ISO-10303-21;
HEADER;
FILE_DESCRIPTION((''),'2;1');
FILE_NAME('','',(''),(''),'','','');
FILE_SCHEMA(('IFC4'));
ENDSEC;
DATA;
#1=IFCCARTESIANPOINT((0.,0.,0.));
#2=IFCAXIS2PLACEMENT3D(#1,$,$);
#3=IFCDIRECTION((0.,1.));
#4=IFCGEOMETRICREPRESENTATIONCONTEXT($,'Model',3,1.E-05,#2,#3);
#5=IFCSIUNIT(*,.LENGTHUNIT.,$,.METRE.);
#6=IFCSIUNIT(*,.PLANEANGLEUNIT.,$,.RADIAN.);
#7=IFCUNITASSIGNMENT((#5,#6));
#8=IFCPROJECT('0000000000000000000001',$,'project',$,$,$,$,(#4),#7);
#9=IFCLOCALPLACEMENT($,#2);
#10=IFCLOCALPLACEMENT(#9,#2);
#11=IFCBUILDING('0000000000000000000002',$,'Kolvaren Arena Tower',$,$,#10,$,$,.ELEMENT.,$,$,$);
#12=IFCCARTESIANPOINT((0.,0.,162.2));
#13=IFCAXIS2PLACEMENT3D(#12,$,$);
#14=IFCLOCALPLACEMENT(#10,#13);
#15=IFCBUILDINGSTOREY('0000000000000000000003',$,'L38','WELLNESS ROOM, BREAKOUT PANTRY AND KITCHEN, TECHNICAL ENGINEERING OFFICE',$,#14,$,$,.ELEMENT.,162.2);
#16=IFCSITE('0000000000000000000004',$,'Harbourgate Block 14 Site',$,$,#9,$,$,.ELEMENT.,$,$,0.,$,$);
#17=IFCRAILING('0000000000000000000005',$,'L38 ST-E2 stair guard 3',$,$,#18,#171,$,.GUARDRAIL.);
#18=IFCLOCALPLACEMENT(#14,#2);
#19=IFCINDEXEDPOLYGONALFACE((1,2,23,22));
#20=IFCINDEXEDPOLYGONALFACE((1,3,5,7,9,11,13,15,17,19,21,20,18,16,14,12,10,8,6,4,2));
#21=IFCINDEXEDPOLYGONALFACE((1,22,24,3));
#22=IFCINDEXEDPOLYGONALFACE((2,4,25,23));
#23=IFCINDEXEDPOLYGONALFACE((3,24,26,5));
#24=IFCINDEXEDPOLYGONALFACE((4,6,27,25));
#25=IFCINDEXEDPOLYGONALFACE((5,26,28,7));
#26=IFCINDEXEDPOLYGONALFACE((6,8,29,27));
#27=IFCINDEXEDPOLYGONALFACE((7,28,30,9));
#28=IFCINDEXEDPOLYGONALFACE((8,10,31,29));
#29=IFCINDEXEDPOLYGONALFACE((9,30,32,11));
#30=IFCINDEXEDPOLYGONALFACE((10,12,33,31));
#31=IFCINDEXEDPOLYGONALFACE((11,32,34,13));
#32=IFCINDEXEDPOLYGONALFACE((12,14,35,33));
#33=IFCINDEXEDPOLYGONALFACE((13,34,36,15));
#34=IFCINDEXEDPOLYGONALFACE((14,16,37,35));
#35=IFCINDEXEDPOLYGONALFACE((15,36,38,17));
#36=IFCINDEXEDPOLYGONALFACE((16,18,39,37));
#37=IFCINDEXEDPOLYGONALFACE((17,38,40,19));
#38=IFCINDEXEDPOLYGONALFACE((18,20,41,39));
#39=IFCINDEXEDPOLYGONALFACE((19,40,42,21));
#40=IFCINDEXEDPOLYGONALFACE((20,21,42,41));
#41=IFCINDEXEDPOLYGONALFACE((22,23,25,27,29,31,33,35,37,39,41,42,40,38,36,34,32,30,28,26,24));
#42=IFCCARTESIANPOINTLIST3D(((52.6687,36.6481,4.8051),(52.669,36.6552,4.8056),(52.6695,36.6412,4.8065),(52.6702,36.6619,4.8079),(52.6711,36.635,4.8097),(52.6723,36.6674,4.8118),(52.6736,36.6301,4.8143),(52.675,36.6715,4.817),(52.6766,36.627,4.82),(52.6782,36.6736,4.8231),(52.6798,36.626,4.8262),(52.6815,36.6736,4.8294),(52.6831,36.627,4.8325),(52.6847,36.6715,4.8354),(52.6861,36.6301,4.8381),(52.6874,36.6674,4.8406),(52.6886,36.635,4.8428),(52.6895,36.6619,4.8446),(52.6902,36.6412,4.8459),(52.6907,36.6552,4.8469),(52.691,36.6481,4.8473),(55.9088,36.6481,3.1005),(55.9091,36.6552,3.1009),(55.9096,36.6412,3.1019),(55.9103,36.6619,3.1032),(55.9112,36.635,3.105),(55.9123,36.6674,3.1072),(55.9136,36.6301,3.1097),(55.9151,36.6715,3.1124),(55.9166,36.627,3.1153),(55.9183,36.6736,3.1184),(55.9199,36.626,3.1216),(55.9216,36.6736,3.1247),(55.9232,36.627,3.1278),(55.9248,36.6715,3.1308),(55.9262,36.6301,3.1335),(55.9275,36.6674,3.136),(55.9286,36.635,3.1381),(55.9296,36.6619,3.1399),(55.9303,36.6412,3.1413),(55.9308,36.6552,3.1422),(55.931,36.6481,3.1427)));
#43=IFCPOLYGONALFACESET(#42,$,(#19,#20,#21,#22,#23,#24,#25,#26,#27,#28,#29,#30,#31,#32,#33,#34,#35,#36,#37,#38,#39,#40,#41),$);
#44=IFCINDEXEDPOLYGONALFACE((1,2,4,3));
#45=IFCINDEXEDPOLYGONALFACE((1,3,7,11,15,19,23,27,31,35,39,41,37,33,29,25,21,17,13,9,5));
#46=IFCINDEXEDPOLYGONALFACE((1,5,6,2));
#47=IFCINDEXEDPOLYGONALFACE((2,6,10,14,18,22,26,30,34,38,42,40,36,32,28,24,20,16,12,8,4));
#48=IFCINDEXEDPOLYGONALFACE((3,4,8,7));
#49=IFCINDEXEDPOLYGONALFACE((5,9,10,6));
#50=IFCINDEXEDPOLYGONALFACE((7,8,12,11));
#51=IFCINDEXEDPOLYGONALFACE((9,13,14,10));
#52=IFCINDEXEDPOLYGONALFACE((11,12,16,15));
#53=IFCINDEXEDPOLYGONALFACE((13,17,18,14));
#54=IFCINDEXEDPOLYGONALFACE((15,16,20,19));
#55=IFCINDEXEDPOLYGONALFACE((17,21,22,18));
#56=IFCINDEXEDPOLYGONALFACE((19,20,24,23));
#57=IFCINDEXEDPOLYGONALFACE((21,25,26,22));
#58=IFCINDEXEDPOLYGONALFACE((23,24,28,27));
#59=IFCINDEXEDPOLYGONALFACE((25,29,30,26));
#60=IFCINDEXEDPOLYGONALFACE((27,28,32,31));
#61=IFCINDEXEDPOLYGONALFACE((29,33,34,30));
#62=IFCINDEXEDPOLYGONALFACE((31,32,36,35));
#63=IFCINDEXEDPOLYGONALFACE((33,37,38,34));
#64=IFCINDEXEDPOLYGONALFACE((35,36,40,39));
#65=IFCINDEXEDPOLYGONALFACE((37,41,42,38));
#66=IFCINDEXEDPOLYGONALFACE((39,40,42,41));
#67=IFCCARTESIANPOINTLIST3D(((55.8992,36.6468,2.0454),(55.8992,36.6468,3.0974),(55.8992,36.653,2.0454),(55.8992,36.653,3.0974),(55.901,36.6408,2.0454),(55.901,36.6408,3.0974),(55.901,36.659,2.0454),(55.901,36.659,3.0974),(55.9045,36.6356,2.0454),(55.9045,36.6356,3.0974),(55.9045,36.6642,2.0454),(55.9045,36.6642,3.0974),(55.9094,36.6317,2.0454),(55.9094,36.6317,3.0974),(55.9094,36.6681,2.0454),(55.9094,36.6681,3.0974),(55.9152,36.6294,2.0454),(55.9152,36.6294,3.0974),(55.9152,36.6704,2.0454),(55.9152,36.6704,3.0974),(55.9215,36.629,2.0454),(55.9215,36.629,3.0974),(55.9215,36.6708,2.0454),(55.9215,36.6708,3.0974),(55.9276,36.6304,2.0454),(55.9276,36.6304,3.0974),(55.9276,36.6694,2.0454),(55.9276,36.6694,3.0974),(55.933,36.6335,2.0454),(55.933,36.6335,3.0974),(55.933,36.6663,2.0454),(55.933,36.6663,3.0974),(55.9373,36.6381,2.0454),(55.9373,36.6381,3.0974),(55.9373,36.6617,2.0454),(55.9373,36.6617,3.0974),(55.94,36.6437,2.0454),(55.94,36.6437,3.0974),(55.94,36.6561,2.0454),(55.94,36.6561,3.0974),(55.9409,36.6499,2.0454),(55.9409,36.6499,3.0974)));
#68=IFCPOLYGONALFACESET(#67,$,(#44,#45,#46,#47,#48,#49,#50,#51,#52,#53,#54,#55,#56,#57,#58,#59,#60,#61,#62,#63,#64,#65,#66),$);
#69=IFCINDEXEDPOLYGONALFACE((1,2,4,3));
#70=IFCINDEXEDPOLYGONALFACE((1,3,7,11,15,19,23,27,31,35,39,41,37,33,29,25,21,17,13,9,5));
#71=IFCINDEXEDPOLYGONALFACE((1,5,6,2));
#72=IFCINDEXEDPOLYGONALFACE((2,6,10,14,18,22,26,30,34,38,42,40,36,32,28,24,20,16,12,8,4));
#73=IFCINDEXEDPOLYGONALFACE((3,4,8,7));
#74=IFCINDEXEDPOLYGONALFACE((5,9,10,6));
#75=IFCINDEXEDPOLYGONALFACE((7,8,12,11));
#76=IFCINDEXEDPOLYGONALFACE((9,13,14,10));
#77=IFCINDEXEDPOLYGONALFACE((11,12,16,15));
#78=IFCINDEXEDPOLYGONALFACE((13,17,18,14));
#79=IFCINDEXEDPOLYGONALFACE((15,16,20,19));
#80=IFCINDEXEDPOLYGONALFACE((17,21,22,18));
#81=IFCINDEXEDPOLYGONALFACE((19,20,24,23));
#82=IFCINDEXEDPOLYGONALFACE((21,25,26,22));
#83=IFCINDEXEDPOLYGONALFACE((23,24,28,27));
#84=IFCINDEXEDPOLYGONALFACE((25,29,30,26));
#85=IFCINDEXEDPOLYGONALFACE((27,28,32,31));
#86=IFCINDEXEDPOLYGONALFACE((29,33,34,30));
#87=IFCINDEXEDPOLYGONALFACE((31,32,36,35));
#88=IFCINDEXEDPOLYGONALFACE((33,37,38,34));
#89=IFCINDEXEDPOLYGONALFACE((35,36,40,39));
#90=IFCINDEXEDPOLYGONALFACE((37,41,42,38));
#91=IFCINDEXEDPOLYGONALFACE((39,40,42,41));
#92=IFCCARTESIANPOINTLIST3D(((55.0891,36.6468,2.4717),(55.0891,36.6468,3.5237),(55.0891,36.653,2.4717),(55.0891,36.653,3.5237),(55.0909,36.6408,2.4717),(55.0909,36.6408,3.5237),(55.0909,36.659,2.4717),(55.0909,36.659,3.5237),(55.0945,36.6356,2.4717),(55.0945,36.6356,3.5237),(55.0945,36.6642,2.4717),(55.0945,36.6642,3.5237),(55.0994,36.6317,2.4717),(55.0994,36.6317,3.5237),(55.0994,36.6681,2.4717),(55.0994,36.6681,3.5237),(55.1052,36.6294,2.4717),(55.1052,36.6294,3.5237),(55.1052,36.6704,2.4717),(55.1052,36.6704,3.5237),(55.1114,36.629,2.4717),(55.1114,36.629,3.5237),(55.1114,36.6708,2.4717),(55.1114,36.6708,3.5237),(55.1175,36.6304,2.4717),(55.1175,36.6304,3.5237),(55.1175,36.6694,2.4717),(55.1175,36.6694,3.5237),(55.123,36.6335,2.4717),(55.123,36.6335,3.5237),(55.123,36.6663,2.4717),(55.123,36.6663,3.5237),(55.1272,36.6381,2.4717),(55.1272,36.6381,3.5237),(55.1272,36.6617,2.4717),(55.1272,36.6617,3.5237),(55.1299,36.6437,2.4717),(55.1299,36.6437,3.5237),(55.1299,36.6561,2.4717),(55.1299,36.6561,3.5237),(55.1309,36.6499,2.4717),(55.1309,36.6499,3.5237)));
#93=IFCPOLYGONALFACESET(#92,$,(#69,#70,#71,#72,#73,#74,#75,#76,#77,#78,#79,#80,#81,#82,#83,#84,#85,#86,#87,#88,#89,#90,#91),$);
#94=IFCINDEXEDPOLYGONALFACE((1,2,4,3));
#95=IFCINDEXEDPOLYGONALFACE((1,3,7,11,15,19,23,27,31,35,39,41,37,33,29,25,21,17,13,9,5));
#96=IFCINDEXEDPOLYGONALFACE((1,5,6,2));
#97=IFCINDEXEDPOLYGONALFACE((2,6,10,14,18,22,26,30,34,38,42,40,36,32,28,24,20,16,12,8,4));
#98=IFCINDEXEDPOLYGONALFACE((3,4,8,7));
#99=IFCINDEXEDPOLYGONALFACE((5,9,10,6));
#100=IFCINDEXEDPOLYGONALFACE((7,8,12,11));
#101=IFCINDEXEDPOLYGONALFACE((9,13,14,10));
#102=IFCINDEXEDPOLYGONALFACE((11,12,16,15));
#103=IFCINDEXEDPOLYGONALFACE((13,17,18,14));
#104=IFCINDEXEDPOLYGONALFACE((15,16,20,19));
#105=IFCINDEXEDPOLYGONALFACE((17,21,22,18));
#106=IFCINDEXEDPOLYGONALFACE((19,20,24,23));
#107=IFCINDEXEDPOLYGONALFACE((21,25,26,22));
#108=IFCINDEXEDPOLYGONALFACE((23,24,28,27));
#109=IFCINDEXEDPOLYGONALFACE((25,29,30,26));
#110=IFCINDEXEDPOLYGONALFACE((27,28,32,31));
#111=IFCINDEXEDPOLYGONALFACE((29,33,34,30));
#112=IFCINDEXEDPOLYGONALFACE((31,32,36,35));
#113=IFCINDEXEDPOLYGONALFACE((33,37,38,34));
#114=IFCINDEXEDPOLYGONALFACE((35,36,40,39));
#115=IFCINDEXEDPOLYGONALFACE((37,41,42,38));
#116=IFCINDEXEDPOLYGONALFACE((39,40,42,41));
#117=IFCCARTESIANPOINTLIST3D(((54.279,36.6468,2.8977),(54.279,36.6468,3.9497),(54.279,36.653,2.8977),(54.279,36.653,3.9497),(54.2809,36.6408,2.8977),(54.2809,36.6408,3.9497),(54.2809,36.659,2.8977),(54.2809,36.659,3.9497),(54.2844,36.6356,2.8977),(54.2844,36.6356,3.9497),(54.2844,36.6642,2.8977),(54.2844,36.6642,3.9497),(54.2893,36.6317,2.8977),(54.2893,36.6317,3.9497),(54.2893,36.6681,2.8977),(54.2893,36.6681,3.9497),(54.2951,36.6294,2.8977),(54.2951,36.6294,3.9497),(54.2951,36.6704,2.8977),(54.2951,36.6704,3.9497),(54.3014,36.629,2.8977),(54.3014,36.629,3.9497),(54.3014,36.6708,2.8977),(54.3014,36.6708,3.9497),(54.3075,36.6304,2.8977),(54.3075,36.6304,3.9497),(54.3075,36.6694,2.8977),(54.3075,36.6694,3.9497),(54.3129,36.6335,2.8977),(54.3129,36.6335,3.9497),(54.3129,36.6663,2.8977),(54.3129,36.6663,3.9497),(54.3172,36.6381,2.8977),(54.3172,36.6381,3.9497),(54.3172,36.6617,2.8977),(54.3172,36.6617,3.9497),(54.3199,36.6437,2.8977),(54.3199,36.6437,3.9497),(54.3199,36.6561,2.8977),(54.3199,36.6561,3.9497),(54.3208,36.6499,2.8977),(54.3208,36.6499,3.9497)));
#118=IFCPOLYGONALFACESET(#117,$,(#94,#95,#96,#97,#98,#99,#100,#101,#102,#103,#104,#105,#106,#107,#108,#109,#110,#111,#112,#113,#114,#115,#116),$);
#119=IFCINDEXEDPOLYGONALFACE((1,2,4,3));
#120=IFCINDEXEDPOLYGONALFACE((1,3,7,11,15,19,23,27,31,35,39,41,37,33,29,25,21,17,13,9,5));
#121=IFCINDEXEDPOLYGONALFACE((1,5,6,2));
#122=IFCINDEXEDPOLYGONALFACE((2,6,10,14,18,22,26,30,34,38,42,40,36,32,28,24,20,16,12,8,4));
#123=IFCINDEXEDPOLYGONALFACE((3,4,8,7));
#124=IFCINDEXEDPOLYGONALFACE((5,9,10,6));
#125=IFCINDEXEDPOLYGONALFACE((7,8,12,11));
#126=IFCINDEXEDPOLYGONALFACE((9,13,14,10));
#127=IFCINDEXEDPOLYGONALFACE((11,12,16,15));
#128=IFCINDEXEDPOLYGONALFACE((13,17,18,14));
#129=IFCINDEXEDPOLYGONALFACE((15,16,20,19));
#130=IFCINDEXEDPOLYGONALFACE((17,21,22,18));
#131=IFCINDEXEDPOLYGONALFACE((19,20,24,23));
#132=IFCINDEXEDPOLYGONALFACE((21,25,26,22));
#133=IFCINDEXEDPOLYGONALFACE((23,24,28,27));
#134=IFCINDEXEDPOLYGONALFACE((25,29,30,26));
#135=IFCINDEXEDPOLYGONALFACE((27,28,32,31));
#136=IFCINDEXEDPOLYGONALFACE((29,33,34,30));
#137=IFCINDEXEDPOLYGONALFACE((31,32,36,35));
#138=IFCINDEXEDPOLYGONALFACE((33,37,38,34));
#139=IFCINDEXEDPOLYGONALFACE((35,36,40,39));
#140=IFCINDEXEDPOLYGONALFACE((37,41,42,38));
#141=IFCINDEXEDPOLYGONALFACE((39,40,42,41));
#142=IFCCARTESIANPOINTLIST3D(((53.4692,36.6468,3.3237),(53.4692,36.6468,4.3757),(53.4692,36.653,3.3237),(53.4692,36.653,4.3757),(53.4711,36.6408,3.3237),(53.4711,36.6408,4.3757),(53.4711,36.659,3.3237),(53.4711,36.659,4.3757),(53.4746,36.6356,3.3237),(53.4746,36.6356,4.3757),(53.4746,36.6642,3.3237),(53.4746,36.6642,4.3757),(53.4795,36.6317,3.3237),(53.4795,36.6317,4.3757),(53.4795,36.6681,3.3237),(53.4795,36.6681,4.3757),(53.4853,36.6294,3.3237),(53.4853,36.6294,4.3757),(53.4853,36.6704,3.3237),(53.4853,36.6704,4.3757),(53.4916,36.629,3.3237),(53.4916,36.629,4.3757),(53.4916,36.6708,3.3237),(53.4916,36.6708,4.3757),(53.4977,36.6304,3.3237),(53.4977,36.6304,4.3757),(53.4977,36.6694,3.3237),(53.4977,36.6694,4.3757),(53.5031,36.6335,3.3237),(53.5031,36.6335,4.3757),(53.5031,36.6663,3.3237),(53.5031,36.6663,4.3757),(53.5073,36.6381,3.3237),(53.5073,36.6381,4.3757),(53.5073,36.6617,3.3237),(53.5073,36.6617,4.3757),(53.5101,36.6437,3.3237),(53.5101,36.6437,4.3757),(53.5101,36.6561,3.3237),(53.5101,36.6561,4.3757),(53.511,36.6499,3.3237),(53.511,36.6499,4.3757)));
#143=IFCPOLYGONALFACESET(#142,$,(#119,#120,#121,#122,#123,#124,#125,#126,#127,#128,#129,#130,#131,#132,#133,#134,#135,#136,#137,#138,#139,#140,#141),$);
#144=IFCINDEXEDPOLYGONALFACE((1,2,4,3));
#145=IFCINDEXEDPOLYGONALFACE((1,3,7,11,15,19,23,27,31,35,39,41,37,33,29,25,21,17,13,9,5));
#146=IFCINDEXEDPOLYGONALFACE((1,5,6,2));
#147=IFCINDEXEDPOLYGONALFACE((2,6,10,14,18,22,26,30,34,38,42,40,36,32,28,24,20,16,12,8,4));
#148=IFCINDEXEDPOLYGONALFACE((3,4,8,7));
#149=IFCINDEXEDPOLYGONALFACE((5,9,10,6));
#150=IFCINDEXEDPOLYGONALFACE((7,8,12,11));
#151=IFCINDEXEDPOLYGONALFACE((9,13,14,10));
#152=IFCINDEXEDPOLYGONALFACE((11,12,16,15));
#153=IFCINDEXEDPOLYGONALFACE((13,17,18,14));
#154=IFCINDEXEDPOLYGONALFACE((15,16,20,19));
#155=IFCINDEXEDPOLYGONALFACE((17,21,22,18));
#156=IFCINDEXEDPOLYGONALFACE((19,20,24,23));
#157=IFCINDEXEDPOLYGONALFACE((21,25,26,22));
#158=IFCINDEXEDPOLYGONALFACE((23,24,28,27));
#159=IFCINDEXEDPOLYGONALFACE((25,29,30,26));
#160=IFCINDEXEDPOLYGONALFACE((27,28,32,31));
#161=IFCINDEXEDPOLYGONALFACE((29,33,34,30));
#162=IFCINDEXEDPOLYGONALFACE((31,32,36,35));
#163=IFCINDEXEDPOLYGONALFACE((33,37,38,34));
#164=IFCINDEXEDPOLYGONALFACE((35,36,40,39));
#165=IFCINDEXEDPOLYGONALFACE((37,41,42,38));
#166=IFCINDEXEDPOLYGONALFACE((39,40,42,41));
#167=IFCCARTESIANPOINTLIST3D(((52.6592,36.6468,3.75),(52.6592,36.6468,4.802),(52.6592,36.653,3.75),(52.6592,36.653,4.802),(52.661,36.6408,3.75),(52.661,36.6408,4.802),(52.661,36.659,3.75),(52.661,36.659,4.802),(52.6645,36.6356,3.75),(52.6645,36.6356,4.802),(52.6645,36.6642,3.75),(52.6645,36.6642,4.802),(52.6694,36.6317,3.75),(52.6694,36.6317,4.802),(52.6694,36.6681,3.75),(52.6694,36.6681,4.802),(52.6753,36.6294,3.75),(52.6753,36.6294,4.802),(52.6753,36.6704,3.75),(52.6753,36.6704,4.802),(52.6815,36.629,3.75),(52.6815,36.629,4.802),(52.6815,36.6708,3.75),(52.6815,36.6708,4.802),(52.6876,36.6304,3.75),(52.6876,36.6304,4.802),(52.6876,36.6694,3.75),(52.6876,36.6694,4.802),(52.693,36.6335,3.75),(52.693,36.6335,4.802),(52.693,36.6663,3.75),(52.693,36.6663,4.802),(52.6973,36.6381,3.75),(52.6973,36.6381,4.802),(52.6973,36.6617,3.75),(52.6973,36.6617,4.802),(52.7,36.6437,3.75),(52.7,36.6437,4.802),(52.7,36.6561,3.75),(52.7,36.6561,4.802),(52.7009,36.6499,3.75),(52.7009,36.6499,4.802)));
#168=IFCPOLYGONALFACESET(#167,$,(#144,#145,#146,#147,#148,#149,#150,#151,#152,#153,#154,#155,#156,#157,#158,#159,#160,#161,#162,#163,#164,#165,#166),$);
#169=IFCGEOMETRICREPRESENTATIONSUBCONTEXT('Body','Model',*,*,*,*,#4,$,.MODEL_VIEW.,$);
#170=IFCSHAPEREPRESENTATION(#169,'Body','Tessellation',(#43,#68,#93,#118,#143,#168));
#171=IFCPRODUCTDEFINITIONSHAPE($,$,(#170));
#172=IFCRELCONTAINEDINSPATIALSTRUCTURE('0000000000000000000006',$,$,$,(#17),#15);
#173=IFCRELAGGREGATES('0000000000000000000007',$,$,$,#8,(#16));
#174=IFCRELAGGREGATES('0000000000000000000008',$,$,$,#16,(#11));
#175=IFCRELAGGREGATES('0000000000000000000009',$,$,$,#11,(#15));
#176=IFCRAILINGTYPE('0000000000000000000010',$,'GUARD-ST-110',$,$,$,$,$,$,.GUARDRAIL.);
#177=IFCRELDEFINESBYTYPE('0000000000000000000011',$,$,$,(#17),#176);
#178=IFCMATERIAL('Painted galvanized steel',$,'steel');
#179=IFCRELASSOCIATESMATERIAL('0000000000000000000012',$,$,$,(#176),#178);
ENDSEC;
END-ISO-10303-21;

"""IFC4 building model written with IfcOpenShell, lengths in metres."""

from ifc_helpers import new_model, si_unit, direction, frame, origin, origin_2d, place, context, subcontext, project, spatial, circle, extrude, material, type_object, element, save


model = new_model("IFC4")

# Units and contexts
model_context = context("Model", 3, precision=1e-05, world=origin(), true_north=direction((0.0, 1.0)))
body_context = subcontext(model_context, "Body", "Model", "MODEL_VIEW")
ifc_project = project(units=[si_unit("LENGTHUNIT", "METRE"), si_unit("PLANEANGLEUNIT", "RADIAN")], contexts=[model_context])

# Site, building, storey
site_placement = place(None, origin())
site = spatial("IfcSite", under=ifc_project, at=site_placement, Name="Harbourgate Block 14 Site", CompositionType="ELEMENT", RefElevation=0.0)
building_placement = place(site_placement, origin())
building = spatial("IfcBuilding", under=site, at=building_placement, Name="Kolvaren Arena Tower", CompositionType="ELEMENT")
storey_placement = place(building_placement, frame((0.0, 0.0, 162.2)))
storey = spatial("IfcBuildingStorey", under=building, at=storey_placement, Name="L38", Description="WELLNESS ROOM, BREAKOUT PANTRY AND KITCHEN, TECHNICAL ENGINEERING OFFICE", CompositionType="ELEMENT", Elevation=162.2)

# Railing
ifc_material_1 = material(Name="Painted galvanized steel", Category="steel")
railing_type_1 = type_object("IfcRailingType", Name="GUARD-ST-110", PredefinedType="GUARDRAIL", material=ifc_material_1)
railing_1_placement = place(storey_placement, frame((55.9199, 36.6499, 2.0454)))
element("IfcRailing", 1, at=railing_1_placement, inside=storey, type_object=railing_type_1, Name="L38 ST-E2 stair guard 3", PredefinedType="GUARDRAIL", context=body_context, shape_type="SweptSolid", body=[
    extrude(circle(Radius=0.0239, at=origin_2d()), frame((0.0, 0.0, 1.0762), z_axis=(-0.884993, 0.0, 0.465604), x_axis=(0.0, -1.0, 0.0)), (0.0, 0.0, 1.0), 3.6611),
    extrude(circle(Radius=0.021, at=origin_2d()), origin(), (0.0, 0.0, 1.0), 1.052),
    extrude(circle(Radius=0.021, at=origin_2d()), frame((-0.8101, 0.0, 0.4263)), (0.0, 0.0, 1.0), 1.052),
    extrude(circle(Radius=0.021, at=origin_2d()), frame((-1.6201, 0.0, 0.8523)), (0.0, 0.0, 1.0), 1.052),
    extrude(circle(Radius=0.021, at=origin_2d()), frame((-2.4299, 0.0, 1.2783)), (0.0, 0.0, 1.0), 1.052),
    extrude(circle(Radius=0.021, at=origin_2d()), frame((-3.24, 0.0, 1.7046)), (0.0, 0.0, 1.0), 1.052),
])

save(model, "model.ifc")
